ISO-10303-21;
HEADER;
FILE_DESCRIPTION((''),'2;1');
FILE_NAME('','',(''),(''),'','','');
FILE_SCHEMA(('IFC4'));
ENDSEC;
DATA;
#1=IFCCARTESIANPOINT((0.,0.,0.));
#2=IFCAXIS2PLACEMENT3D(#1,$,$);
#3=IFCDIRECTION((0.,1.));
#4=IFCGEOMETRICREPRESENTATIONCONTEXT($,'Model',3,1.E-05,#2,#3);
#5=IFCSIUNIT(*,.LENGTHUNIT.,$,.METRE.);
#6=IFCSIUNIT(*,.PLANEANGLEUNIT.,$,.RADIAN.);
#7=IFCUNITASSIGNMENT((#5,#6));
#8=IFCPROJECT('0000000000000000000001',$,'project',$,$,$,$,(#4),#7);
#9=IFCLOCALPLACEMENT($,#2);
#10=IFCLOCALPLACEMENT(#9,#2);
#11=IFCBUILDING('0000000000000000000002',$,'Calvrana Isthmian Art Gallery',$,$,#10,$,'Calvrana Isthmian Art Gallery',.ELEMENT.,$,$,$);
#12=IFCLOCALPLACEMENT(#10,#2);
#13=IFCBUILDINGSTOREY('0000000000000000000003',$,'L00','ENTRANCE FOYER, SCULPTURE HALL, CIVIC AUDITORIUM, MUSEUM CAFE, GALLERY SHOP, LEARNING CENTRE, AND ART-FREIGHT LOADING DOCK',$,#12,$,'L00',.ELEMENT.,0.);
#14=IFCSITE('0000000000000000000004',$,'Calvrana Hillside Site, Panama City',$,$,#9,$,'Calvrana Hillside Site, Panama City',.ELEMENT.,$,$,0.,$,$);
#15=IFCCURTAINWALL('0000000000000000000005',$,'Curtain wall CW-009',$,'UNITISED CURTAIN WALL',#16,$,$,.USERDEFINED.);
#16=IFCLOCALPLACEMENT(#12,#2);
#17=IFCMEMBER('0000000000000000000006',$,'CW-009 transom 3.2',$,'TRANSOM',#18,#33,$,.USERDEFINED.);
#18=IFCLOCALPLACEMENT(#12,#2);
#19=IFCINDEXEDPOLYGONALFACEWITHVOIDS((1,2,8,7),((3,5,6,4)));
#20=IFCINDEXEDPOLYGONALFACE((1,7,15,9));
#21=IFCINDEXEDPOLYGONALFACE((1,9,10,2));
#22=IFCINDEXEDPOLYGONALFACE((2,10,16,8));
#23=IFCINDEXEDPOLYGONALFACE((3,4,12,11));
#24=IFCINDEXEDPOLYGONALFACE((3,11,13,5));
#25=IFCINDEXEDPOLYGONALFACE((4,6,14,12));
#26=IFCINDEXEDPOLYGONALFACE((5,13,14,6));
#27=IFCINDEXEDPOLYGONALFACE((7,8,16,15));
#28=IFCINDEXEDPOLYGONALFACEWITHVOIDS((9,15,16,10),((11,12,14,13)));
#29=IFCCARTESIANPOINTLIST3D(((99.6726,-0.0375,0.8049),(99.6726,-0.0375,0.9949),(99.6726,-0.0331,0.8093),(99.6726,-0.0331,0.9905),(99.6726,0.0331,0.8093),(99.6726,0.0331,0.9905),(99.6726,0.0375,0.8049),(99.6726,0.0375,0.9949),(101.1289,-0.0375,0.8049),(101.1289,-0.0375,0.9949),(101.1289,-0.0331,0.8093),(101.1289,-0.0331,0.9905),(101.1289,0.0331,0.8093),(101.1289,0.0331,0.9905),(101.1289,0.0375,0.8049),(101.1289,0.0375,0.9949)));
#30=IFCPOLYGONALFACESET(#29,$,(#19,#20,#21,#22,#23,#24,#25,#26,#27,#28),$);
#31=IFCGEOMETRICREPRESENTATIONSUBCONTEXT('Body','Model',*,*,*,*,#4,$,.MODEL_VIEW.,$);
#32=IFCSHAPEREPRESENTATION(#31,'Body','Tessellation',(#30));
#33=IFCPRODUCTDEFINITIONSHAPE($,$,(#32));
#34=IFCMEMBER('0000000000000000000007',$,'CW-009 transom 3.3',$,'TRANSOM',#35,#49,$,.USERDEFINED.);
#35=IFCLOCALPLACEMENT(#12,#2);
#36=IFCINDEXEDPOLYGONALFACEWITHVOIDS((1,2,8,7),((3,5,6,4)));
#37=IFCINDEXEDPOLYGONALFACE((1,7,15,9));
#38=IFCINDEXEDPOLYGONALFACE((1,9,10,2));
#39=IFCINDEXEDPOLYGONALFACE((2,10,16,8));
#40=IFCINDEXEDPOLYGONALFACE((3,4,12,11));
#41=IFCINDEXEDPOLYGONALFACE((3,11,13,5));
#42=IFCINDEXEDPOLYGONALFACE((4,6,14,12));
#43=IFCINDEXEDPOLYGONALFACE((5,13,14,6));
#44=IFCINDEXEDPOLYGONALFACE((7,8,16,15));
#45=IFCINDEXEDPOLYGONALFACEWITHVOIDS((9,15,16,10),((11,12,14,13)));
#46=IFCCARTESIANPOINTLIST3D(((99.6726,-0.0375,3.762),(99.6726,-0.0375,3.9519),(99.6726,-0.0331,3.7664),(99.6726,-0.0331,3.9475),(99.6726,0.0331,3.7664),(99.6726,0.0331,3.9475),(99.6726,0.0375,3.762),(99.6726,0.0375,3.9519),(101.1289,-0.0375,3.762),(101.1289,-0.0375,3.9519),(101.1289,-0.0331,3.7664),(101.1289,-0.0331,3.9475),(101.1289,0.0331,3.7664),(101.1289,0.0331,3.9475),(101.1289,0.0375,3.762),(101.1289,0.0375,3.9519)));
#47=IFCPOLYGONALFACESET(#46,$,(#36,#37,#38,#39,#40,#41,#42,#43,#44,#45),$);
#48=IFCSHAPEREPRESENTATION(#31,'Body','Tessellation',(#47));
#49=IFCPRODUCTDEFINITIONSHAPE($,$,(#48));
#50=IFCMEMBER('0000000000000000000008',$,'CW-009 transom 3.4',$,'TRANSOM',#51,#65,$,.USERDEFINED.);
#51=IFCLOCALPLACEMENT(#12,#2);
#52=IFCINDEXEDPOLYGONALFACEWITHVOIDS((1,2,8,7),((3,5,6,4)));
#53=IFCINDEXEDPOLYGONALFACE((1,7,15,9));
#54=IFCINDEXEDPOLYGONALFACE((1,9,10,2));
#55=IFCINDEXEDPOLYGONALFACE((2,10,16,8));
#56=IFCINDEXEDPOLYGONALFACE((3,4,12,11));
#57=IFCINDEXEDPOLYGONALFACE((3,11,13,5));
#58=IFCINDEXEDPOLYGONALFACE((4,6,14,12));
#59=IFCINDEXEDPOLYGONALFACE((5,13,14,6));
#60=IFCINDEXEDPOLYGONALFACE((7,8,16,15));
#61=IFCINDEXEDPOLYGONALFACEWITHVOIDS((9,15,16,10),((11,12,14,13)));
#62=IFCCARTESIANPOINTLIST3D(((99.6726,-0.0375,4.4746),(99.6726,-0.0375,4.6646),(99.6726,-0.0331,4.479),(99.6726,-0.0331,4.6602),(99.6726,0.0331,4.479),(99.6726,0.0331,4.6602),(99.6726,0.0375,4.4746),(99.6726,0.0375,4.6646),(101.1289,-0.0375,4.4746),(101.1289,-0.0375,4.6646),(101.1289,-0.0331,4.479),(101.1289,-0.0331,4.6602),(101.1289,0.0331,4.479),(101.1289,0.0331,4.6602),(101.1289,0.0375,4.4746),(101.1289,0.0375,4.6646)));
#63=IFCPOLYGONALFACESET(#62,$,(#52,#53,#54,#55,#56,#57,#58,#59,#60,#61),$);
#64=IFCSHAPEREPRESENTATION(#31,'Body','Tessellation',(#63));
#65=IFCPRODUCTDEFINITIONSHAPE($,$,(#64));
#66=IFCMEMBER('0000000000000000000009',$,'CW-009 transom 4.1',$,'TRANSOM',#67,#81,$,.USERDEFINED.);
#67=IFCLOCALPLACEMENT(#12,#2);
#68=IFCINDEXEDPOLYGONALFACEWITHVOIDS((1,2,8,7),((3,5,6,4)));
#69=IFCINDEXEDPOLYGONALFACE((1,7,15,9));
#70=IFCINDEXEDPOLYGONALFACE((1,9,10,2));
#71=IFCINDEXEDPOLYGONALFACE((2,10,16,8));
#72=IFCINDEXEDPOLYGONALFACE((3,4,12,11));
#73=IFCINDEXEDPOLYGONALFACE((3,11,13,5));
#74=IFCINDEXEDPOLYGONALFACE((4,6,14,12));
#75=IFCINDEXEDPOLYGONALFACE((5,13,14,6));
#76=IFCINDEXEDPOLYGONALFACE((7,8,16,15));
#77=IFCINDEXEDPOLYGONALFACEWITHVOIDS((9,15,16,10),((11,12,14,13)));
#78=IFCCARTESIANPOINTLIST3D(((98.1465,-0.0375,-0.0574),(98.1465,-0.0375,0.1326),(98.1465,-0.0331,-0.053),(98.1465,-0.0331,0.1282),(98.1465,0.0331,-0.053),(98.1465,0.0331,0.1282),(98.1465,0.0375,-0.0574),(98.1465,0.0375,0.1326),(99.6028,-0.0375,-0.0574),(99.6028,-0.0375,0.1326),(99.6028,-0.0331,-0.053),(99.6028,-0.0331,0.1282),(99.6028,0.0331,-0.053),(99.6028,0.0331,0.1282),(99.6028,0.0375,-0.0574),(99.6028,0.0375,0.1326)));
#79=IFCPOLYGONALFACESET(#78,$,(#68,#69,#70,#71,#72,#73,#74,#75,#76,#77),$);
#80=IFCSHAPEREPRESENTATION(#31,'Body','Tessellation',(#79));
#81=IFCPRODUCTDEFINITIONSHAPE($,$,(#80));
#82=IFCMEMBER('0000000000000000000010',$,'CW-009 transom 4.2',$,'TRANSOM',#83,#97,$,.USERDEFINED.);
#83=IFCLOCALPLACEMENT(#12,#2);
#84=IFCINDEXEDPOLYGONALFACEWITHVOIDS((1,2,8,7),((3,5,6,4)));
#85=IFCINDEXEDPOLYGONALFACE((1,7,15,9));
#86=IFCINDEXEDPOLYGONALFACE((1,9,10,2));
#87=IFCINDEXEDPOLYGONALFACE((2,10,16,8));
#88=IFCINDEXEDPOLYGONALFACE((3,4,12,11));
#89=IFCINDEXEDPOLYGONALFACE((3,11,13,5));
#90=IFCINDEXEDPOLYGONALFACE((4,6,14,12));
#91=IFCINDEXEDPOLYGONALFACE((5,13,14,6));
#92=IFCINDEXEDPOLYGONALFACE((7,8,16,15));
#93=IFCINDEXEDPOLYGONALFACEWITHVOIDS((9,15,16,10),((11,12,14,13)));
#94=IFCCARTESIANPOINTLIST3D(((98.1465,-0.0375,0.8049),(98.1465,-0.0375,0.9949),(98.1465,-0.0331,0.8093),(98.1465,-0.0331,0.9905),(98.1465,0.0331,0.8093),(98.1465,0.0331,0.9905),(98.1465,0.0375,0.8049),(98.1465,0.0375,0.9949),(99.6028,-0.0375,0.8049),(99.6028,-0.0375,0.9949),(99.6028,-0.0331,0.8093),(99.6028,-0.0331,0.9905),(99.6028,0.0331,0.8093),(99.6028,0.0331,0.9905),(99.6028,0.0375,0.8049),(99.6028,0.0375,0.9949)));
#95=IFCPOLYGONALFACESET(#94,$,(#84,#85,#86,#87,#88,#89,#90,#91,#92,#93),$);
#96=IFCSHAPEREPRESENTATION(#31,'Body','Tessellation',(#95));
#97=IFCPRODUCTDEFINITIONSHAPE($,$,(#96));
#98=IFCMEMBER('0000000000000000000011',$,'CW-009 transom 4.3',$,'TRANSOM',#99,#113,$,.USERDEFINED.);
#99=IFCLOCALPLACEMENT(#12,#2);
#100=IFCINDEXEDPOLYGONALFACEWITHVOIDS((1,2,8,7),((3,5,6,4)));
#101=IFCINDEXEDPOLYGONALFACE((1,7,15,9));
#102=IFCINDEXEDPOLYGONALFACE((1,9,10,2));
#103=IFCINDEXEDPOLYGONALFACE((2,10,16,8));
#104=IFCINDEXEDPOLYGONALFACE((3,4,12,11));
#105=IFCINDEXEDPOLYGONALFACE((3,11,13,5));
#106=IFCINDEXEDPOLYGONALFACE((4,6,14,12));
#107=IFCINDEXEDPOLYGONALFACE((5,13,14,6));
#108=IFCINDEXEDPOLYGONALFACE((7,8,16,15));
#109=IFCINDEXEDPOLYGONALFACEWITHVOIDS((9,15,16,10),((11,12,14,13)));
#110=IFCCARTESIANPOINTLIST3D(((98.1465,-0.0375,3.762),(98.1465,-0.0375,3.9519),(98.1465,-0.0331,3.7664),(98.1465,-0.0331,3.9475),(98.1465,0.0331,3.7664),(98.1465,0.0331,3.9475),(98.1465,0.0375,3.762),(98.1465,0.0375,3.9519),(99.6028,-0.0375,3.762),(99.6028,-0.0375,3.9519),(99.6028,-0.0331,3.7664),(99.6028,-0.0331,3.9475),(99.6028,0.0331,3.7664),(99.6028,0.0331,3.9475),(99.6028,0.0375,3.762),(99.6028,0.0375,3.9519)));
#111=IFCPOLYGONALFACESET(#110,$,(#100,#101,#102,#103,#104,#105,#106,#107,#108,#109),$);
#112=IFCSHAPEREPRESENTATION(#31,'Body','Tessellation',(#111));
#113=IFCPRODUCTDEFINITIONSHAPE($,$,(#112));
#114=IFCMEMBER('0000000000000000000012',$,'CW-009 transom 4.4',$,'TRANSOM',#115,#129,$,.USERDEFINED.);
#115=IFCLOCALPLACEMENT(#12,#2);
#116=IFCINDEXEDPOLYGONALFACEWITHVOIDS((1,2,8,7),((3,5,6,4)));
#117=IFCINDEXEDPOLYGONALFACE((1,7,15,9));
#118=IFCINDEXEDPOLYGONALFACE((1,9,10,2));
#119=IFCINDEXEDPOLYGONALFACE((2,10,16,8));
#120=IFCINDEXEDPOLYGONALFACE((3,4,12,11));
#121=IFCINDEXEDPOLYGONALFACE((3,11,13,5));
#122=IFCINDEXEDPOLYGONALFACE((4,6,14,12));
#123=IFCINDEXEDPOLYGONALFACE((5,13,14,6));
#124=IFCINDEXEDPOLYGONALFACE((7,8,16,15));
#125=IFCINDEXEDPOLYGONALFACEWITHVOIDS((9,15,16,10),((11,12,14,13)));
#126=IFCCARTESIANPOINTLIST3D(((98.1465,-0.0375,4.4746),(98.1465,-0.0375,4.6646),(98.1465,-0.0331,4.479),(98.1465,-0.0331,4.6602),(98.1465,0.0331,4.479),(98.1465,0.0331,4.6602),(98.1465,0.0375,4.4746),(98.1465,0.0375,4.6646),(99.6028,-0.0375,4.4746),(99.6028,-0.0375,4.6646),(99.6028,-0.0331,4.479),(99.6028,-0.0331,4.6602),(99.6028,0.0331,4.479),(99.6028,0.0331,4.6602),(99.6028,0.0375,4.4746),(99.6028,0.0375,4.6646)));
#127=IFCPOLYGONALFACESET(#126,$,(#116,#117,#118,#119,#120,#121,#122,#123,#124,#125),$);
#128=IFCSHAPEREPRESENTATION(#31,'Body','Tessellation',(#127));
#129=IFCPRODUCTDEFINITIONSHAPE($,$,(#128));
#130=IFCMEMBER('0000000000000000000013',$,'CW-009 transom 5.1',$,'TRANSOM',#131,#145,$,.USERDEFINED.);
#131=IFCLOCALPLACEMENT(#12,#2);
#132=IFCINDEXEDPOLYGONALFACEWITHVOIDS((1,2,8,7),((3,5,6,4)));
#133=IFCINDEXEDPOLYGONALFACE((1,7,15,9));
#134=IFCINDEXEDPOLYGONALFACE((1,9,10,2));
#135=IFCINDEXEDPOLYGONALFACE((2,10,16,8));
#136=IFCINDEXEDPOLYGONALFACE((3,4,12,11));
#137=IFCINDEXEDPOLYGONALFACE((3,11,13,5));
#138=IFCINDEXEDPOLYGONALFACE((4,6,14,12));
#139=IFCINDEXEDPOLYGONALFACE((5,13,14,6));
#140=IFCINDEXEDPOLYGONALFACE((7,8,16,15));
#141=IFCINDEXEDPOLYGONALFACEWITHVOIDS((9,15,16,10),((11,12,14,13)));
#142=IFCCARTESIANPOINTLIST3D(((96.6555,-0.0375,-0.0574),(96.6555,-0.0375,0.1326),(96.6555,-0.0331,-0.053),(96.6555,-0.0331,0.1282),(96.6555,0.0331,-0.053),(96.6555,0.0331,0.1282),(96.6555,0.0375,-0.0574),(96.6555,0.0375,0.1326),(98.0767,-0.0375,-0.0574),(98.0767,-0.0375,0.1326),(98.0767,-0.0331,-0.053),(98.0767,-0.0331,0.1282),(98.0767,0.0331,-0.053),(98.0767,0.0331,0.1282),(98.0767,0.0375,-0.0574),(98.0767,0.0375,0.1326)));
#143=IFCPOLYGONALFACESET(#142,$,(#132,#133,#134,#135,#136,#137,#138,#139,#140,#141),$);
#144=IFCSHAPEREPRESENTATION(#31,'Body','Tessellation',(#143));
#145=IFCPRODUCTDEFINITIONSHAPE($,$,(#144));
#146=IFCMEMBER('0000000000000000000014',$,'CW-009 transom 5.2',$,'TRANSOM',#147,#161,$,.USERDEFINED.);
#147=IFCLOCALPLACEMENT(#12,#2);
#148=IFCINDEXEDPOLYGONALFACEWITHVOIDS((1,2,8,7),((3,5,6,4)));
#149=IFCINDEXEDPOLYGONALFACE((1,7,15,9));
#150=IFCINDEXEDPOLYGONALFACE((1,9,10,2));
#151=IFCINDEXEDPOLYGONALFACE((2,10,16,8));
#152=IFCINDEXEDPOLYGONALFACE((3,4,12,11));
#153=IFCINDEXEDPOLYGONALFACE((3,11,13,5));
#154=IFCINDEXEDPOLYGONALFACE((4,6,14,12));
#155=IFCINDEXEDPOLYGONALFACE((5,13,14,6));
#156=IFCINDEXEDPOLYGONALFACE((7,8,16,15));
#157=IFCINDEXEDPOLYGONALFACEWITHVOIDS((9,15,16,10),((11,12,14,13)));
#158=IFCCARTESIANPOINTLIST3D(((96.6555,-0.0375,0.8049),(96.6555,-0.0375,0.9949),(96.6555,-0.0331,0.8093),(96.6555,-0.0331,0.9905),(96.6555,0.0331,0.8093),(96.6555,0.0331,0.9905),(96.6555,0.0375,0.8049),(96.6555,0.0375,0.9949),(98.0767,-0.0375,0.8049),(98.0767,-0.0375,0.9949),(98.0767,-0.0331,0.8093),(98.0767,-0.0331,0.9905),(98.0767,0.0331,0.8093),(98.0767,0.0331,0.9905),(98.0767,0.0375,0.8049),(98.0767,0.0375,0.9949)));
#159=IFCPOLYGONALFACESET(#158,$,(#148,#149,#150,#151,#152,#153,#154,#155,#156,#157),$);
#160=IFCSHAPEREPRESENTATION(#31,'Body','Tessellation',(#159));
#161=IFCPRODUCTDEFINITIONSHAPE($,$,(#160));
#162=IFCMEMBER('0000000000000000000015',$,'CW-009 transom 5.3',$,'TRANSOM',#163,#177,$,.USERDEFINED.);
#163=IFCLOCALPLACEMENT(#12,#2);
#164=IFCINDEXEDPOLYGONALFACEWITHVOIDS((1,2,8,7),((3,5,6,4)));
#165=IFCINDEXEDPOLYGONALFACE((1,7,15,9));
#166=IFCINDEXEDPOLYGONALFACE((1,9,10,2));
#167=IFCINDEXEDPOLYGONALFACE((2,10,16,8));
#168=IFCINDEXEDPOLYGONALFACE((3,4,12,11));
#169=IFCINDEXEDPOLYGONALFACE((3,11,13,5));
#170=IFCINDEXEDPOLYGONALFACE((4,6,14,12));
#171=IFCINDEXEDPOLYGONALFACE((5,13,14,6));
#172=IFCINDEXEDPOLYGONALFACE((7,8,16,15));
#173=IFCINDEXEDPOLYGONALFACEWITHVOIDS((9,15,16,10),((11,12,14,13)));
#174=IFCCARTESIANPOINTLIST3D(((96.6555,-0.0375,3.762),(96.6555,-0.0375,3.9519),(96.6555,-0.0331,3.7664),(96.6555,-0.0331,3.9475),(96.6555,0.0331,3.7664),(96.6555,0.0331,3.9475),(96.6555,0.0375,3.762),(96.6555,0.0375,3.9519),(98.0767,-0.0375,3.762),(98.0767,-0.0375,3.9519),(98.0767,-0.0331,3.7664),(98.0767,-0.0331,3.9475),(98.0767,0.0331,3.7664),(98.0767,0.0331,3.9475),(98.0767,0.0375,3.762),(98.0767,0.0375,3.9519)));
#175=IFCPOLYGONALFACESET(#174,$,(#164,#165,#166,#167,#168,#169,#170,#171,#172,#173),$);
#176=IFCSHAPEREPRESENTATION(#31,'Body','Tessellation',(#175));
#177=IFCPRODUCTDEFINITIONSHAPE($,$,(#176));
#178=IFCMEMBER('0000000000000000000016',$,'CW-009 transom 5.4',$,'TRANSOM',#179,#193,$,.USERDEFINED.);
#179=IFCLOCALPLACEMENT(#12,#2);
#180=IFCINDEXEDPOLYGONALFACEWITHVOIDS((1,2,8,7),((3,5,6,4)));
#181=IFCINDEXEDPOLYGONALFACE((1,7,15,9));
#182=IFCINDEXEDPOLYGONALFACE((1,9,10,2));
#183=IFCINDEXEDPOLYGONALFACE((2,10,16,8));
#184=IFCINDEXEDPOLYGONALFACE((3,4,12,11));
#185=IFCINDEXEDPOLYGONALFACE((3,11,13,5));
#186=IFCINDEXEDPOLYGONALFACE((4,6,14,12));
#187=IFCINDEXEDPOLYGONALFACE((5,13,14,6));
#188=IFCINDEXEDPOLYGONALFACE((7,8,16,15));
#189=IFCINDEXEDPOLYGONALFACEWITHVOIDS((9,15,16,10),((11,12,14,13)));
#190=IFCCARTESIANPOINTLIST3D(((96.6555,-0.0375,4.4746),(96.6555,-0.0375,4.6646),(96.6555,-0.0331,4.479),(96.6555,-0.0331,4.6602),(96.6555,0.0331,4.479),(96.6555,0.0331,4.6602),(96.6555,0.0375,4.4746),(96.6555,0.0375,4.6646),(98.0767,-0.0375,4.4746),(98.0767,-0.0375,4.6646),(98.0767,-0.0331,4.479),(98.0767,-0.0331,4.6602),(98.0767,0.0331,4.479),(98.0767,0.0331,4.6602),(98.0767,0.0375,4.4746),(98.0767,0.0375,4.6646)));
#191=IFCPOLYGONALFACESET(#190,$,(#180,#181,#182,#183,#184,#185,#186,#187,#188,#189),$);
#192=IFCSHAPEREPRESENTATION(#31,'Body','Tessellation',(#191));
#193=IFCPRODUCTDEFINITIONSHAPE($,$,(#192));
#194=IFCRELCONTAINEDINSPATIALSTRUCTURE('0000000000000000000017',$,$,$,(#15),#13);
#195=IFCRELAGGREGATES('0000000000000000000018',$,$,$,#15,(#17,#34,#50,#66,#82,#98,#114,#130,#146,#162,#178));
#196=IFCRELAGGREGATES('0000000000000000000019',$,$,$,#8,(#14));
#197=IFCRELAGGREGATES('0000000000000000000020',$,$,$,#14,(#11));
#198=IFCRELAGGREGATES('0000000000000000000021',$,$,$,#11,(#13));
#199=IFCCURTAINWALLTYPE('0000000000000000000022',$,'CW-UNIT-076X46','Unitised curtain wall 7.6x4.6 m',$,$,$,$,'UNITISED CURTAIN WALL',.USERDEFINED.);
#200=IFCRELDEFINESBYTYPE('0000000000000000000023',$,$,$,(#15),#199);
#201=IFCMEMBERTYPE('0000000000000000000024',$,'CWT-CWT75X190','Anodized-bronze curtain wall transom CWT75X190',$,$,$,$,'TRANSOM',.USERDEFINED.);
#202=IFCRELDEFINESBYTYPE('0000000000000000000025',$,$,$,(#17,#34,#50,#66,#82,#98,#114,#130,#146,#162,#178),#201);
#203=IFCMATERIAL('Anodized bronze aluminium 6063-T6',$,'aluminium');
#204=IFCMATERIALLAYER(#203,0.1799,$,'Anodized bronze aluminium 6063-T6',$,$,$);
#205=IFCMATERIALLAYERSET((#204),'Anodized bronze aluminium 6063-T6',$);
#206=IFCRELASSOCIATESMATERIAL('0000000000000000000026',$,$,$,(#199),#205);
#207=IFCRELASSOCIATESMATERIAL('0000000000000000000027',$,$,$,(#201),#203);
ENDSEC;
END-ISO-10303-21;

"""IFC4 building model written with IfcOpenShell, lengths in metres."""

from ifc_helpers import new_model, si_unit, direction, frame, origin, origin_2d, place, context, subcontext, project, spatial, hollow_rectangle, extrude, material, layer, layer_set, material_profile, profile_set, type_object, element, aggregate, save


model = new_model("IFC4")

# Units and contexts
model_context = context("Model", 3, precision=1e-05, world=origin(), true_north=direction((0.0, 1.0)))
body_context = subcontext(model_context, "Body", "Model", "MODEL_VIEW")
ifc_project = project(units=[si_unit("LENGTHUNIT", "METRE"), si_unit("PLANEANGLEUNIT", "RADIAN")], contexts=[model_context])

# Site, building, storey
site_placement = place(None, origin())
site = spatial("IfcSite", under=ifc_project, at=site_placement, Name="Calvrana Hillside Site, Panama City", LongName="Calvrana Hillside Site, Panama City", CompositionType="ELEMENT", RefElevation=0.0)
building_placement = place(site_placement, origin())
building = spatial("IfcBuilding", under=site, at=building_placement, Name="Calvrana Isthmian Art Gallery", LongName="Calvrana Isthmian Art Gallery", CompositionType="ELEMENT")
storey_placement = place(building_placement, origin())
storey = spatial("IfcBuildingStorey", under=building, at=storey_placement, Name="L00", Description="ENTRANCE FOYER, SCULPTURE HALL, CIVIC AUDITORIUM, MUSEUM CAFE, GALLERY SHOP, LEARNING CENTRE, AND ART-FREIGHT LOADING DOCK", LongName="L00", CompositionType="ELEMENT", Elevation=0.0)

# Curtain wall, members
ifc_material_1 = material(Name="Anodized bronze aluminium 6063-T6", Category="aluminium")
ifc_layer_1 = layer(ifc_material_1, 0.1799, Name="Anodized bronze aluminium 6063-T6")
ifc_layer_set_1 = layer_set([ifc_layer_1], Name="Anodized bronze aluminium 6063-T6")
curtain_wall_type = type_object("IfcCurtainWallType", Name="CW-UNIT-076X46", Description="Unitised curtain wall 7.6x4.6 m", ElementType="UNITISED CURTAIN WALL", PredefinedType="USERDEFINED", material=ifc_layer_set_1)
curtain_wall_placement = place(storey_placement, origin())
curtain_wall = element("IfcCurtainWall", 1, at=curtain_wall_placement, inside=storey, type_object=curtain_wall_type, Name="Curtain wall CW-009", ObjectType="UNITISED CURTAIN WALL", PredefinedType="USERDEFINED")
ifc_material_profile_1 = material_profile(ifc_material_1, hollow_rectangle(XDim=0.075, YDim=0.1899, WallThickness=0.0044, at=origin_2d()), Name="CWT75X190")
ifc_profile_set_1 = profile_set([ifc_material_profile_1], Name="Anodized bronze aluminium 6063-T6")
member_type_1 = type_object("IfcMemberType", Name="CWT-CWT75X190", Description="Anodized-bronze curtain wall transom CWT75X190", ElementType="TRANSOM", PredefinedType="USERDEFINED", material=ifc_profile_set_1)
member_1_placement = place(storey_placement, frame((101.1289, 0.0, 0.8999), z_axis=(-1.0, 0.0, 0.0), x_axis=(0.0, -1.0, 0.0)))
member_1 = element("IfcMember", 2, at=member_1_placement, type_object=member_type_1, Name="CW-009 transom 3.2", ObjectType="TRANSOM", PredefinedType="USERDEFINED", context=body_context, shape_type="SweptSolid", body=[
    extrude(hollow_rectangle(XDim=0.075, YDim=0.1899, WallThickness=0.0044, at=origin_2d()), origin(), (0.0, 0.0, 1.0), 1.4563),
])
member_2_placement = place(storey_placement, frame((101.1289, 0.0, 3.8569), z_axis=(-1.0, 0.0, 0.0), x_axis=(0.0, -1.0, 0.0)))
member_2 = element("IfcMember", 3, at=member_2_placement, type_object=member_type_1, Name="CW-009 transom 3.3", ObjectType="TRANSOM", PredefinedType="USERDEFINED", context=body_context, shape_type="SweptSolid", body=[
    extrude(hollow_rectangle(XDim=0.075, YDim=0.1899, WallThickness=0.0044, at=origin_2d()), origin(), (0.0, 0.0, 1.0), 1.4563),
])
member_3_placement = place(storey_placement, frame((101.1289, 0.0, 4.5696), z_axis=(-1.0, 0.0, 0.0), x_axis=(0.0, -1.0, 0.0)))
member_3 = element("IfcMember", 4, at=member_3_placement, type_object=member_type_1, Name="CW-009 transom 3.4", ObjectType="TRANSOM", PredefinedType="USERDEFINED", context=body_context, shape_type="SweptSolid", body=[
    extrude(hollow_rectangle(XDim=0.075, YDim=0.1899, WallThickness=0.0044, at=origin_2d()), origin(), (0.0, 0.0, 1.0), 1.4563),
])
member_4_placement = place(storey_placement, frame((99.6028, 0.0, 0.0376), z_axis=(-1.0, 0.0, 0.0), x_axis=(0.0, -1.0, 0.0)))
member_4 = element("IfcMember", 5, at=member_4_placement, type_object=member_type_1, Name="CW-009 transom 4.1", ObjectType="TRANSOM", PredefinedType="USERDEFINED", context=body_context, shape_type="SweptSolid", body=[
    extrude(hollow_rectangle(XDim=0.075, YDim=0.1899, WallThickness=0.0044, at=origin_2d()), origin(), (0.0, 0.0, 1.0), 1.4563),
])
member_5_placement = place(storey_placement, frame((99.6028, 0.0, 0.8999), z_axis=(-1.0, 0.0, 0.0), x_axis=(0.0, -1.0, 0.0)))
member_5 = element("IfcMember", 6, at=member_5_placement, type_object=member_type_1, Name="CW-009 transom 4.2", ObjectType="TRANSOM", PredefinedType="USERDEFINED", context=body_context, shape_type="SweptSolid", body=[
    extrude(hollow_rectangle(XDim=0.075, YDim=0.1899, WallThickness=0.0044, at=origin_2d()), origin(), (0.0, 0.0, 1.0), 1.4563),
])
member_6_placement = place(storey_placement, frame((99.6028, 0.0, 3.8569), z_axis=(-1.0, 0.0, 0.0), x_axis=(0.0, -1.0, 0.0)))
member_6 = element("IfcMember", 7, at=member_6_placement, type_object=member_type_1, Name="CW-009 transom 4.3", ObjectType="TRANSOM", PredefinedType="USERDEFINED", context=body_context, shape_type="SweptSolid", body=[
    extrude(hollow_rectangle(XDim=0.075, YDim=0.1899, WallThickness=0.0044, at=origin_2d()), origin(), (0.0, 0.0, 1.0), 1.4563),
])
member_7_placement = place(storey_placement, frame((99.6028, 0.0, 4.5696), z_axis=(-1.0, 0.0, 0.0), x_axis=(0.0, -1.0, 0.0)))
member_7 = element("IfcMember", 8, at=member_7_placement, type_object=member_type_1, Name="CW-009 transom 4.4", ObjectType="TRANSOM", PredefinedType="USERDEFINED", context=body_context, shape_type="SweptSolid", body=[
    extrude(hollow_rectangle(XDim=0.075, YDim=0.1899, WallThickness=0.0044, at=origin_2d()), origin(), (0.0, 0.0, 1.0), 1.4563),
])
member_8_placement = place(storey_placement, frame((98.0767, 0.0, 0.0376), z_axis=(-1.0, 0.0, 0.0), x_axis=(0.0, -1.0, 0.0)))
member_8 = element("IfcMember", 9, at=member_8_placement, type_object=member_type_1, Name="CW-009 transom 5.1", ObjectType="TRANSOM", PredefinedType="USERDEFINED", context=body_context, shape_type="SweptSolid", body=[
    extrude(hollow_rectangle(XDim=0.075, YDim=0.1899, WallThickness=0.0044, at=origin_2d()), origin(), (0.0, 0.0, 1.0), 1.4211),
])
member_9_placement = place(storey_placement, frame((98.0767, 0.0, 0.8999), z_axis=(-1.0, 0.0, 0.0), x_axis=(0.0, -1.0, 0.0)))
member_9 = element("IfcMember", 10, at=member_9_placement, type_object=member_type_1, Name="CW-009 transom 5.2", ObjectType="TRANSOM", PredefinedType="USERDEFINED", context=body_context, shape_type="SweptSolid", body=[
    extrude(hollow_rectangle(XDim=0.075, YDim=0.1899, WallThickness=0.0044, at=origin_2d()), origin(), (0.0, 0.0, 1.0), 1.4211),
])
member_10_placement = place(storey_placement, frame((98.0767, 0.0, 3.8569), z_axis=(-1.0, 0.0, 0.0), x_axis=(0.0, -1.0, 0.0)))
member_10 = element("IfcMember", 11, at=member_10_placement, type_object=member_type_1, Name="CW-009 transom 5.3", ObjectType="TRANSOM", PredefinedType="USERDEFINED", context=body_context, shape_type="SweptSolid", body=[
    extrude(hollow_rectangle(XDim=0.075, YDim=0.1899, WallThickness=0.0044, at=origin_2d()), origin(), (0.0, 0.0, 1.0), 1.4211),
])
member_11_placement = place(storey_placement, frame((98.0767, 0.0, 4.5696), z_axis=(-1.0, 0.0, 0.0), x_axis=(0.0, -1.0, 0.0)))
member_11 = element("IfcMember", 12, at=member_11_placement, type_object=member_type_1, Name="CW-009 transom 5.4", ObjectType="TRANSOM", PredefinedType="USERDEFINED", context=body_context, shape_type="SweptSolid", body=[
    extrude(hollow_rectangle(XDim=0.075, YDim=0.1899, WallThickness=0.0044, at=origin_2d()), origin(), (0.0, 0.0, 1.0), 1.4211),
])
aggregate(curtain_wall, [member_1, member_2, member_3, member_4, member_5, member_6, member_7, member_8, member_9, member_10, member_11])

save(model, "model.ifc")
